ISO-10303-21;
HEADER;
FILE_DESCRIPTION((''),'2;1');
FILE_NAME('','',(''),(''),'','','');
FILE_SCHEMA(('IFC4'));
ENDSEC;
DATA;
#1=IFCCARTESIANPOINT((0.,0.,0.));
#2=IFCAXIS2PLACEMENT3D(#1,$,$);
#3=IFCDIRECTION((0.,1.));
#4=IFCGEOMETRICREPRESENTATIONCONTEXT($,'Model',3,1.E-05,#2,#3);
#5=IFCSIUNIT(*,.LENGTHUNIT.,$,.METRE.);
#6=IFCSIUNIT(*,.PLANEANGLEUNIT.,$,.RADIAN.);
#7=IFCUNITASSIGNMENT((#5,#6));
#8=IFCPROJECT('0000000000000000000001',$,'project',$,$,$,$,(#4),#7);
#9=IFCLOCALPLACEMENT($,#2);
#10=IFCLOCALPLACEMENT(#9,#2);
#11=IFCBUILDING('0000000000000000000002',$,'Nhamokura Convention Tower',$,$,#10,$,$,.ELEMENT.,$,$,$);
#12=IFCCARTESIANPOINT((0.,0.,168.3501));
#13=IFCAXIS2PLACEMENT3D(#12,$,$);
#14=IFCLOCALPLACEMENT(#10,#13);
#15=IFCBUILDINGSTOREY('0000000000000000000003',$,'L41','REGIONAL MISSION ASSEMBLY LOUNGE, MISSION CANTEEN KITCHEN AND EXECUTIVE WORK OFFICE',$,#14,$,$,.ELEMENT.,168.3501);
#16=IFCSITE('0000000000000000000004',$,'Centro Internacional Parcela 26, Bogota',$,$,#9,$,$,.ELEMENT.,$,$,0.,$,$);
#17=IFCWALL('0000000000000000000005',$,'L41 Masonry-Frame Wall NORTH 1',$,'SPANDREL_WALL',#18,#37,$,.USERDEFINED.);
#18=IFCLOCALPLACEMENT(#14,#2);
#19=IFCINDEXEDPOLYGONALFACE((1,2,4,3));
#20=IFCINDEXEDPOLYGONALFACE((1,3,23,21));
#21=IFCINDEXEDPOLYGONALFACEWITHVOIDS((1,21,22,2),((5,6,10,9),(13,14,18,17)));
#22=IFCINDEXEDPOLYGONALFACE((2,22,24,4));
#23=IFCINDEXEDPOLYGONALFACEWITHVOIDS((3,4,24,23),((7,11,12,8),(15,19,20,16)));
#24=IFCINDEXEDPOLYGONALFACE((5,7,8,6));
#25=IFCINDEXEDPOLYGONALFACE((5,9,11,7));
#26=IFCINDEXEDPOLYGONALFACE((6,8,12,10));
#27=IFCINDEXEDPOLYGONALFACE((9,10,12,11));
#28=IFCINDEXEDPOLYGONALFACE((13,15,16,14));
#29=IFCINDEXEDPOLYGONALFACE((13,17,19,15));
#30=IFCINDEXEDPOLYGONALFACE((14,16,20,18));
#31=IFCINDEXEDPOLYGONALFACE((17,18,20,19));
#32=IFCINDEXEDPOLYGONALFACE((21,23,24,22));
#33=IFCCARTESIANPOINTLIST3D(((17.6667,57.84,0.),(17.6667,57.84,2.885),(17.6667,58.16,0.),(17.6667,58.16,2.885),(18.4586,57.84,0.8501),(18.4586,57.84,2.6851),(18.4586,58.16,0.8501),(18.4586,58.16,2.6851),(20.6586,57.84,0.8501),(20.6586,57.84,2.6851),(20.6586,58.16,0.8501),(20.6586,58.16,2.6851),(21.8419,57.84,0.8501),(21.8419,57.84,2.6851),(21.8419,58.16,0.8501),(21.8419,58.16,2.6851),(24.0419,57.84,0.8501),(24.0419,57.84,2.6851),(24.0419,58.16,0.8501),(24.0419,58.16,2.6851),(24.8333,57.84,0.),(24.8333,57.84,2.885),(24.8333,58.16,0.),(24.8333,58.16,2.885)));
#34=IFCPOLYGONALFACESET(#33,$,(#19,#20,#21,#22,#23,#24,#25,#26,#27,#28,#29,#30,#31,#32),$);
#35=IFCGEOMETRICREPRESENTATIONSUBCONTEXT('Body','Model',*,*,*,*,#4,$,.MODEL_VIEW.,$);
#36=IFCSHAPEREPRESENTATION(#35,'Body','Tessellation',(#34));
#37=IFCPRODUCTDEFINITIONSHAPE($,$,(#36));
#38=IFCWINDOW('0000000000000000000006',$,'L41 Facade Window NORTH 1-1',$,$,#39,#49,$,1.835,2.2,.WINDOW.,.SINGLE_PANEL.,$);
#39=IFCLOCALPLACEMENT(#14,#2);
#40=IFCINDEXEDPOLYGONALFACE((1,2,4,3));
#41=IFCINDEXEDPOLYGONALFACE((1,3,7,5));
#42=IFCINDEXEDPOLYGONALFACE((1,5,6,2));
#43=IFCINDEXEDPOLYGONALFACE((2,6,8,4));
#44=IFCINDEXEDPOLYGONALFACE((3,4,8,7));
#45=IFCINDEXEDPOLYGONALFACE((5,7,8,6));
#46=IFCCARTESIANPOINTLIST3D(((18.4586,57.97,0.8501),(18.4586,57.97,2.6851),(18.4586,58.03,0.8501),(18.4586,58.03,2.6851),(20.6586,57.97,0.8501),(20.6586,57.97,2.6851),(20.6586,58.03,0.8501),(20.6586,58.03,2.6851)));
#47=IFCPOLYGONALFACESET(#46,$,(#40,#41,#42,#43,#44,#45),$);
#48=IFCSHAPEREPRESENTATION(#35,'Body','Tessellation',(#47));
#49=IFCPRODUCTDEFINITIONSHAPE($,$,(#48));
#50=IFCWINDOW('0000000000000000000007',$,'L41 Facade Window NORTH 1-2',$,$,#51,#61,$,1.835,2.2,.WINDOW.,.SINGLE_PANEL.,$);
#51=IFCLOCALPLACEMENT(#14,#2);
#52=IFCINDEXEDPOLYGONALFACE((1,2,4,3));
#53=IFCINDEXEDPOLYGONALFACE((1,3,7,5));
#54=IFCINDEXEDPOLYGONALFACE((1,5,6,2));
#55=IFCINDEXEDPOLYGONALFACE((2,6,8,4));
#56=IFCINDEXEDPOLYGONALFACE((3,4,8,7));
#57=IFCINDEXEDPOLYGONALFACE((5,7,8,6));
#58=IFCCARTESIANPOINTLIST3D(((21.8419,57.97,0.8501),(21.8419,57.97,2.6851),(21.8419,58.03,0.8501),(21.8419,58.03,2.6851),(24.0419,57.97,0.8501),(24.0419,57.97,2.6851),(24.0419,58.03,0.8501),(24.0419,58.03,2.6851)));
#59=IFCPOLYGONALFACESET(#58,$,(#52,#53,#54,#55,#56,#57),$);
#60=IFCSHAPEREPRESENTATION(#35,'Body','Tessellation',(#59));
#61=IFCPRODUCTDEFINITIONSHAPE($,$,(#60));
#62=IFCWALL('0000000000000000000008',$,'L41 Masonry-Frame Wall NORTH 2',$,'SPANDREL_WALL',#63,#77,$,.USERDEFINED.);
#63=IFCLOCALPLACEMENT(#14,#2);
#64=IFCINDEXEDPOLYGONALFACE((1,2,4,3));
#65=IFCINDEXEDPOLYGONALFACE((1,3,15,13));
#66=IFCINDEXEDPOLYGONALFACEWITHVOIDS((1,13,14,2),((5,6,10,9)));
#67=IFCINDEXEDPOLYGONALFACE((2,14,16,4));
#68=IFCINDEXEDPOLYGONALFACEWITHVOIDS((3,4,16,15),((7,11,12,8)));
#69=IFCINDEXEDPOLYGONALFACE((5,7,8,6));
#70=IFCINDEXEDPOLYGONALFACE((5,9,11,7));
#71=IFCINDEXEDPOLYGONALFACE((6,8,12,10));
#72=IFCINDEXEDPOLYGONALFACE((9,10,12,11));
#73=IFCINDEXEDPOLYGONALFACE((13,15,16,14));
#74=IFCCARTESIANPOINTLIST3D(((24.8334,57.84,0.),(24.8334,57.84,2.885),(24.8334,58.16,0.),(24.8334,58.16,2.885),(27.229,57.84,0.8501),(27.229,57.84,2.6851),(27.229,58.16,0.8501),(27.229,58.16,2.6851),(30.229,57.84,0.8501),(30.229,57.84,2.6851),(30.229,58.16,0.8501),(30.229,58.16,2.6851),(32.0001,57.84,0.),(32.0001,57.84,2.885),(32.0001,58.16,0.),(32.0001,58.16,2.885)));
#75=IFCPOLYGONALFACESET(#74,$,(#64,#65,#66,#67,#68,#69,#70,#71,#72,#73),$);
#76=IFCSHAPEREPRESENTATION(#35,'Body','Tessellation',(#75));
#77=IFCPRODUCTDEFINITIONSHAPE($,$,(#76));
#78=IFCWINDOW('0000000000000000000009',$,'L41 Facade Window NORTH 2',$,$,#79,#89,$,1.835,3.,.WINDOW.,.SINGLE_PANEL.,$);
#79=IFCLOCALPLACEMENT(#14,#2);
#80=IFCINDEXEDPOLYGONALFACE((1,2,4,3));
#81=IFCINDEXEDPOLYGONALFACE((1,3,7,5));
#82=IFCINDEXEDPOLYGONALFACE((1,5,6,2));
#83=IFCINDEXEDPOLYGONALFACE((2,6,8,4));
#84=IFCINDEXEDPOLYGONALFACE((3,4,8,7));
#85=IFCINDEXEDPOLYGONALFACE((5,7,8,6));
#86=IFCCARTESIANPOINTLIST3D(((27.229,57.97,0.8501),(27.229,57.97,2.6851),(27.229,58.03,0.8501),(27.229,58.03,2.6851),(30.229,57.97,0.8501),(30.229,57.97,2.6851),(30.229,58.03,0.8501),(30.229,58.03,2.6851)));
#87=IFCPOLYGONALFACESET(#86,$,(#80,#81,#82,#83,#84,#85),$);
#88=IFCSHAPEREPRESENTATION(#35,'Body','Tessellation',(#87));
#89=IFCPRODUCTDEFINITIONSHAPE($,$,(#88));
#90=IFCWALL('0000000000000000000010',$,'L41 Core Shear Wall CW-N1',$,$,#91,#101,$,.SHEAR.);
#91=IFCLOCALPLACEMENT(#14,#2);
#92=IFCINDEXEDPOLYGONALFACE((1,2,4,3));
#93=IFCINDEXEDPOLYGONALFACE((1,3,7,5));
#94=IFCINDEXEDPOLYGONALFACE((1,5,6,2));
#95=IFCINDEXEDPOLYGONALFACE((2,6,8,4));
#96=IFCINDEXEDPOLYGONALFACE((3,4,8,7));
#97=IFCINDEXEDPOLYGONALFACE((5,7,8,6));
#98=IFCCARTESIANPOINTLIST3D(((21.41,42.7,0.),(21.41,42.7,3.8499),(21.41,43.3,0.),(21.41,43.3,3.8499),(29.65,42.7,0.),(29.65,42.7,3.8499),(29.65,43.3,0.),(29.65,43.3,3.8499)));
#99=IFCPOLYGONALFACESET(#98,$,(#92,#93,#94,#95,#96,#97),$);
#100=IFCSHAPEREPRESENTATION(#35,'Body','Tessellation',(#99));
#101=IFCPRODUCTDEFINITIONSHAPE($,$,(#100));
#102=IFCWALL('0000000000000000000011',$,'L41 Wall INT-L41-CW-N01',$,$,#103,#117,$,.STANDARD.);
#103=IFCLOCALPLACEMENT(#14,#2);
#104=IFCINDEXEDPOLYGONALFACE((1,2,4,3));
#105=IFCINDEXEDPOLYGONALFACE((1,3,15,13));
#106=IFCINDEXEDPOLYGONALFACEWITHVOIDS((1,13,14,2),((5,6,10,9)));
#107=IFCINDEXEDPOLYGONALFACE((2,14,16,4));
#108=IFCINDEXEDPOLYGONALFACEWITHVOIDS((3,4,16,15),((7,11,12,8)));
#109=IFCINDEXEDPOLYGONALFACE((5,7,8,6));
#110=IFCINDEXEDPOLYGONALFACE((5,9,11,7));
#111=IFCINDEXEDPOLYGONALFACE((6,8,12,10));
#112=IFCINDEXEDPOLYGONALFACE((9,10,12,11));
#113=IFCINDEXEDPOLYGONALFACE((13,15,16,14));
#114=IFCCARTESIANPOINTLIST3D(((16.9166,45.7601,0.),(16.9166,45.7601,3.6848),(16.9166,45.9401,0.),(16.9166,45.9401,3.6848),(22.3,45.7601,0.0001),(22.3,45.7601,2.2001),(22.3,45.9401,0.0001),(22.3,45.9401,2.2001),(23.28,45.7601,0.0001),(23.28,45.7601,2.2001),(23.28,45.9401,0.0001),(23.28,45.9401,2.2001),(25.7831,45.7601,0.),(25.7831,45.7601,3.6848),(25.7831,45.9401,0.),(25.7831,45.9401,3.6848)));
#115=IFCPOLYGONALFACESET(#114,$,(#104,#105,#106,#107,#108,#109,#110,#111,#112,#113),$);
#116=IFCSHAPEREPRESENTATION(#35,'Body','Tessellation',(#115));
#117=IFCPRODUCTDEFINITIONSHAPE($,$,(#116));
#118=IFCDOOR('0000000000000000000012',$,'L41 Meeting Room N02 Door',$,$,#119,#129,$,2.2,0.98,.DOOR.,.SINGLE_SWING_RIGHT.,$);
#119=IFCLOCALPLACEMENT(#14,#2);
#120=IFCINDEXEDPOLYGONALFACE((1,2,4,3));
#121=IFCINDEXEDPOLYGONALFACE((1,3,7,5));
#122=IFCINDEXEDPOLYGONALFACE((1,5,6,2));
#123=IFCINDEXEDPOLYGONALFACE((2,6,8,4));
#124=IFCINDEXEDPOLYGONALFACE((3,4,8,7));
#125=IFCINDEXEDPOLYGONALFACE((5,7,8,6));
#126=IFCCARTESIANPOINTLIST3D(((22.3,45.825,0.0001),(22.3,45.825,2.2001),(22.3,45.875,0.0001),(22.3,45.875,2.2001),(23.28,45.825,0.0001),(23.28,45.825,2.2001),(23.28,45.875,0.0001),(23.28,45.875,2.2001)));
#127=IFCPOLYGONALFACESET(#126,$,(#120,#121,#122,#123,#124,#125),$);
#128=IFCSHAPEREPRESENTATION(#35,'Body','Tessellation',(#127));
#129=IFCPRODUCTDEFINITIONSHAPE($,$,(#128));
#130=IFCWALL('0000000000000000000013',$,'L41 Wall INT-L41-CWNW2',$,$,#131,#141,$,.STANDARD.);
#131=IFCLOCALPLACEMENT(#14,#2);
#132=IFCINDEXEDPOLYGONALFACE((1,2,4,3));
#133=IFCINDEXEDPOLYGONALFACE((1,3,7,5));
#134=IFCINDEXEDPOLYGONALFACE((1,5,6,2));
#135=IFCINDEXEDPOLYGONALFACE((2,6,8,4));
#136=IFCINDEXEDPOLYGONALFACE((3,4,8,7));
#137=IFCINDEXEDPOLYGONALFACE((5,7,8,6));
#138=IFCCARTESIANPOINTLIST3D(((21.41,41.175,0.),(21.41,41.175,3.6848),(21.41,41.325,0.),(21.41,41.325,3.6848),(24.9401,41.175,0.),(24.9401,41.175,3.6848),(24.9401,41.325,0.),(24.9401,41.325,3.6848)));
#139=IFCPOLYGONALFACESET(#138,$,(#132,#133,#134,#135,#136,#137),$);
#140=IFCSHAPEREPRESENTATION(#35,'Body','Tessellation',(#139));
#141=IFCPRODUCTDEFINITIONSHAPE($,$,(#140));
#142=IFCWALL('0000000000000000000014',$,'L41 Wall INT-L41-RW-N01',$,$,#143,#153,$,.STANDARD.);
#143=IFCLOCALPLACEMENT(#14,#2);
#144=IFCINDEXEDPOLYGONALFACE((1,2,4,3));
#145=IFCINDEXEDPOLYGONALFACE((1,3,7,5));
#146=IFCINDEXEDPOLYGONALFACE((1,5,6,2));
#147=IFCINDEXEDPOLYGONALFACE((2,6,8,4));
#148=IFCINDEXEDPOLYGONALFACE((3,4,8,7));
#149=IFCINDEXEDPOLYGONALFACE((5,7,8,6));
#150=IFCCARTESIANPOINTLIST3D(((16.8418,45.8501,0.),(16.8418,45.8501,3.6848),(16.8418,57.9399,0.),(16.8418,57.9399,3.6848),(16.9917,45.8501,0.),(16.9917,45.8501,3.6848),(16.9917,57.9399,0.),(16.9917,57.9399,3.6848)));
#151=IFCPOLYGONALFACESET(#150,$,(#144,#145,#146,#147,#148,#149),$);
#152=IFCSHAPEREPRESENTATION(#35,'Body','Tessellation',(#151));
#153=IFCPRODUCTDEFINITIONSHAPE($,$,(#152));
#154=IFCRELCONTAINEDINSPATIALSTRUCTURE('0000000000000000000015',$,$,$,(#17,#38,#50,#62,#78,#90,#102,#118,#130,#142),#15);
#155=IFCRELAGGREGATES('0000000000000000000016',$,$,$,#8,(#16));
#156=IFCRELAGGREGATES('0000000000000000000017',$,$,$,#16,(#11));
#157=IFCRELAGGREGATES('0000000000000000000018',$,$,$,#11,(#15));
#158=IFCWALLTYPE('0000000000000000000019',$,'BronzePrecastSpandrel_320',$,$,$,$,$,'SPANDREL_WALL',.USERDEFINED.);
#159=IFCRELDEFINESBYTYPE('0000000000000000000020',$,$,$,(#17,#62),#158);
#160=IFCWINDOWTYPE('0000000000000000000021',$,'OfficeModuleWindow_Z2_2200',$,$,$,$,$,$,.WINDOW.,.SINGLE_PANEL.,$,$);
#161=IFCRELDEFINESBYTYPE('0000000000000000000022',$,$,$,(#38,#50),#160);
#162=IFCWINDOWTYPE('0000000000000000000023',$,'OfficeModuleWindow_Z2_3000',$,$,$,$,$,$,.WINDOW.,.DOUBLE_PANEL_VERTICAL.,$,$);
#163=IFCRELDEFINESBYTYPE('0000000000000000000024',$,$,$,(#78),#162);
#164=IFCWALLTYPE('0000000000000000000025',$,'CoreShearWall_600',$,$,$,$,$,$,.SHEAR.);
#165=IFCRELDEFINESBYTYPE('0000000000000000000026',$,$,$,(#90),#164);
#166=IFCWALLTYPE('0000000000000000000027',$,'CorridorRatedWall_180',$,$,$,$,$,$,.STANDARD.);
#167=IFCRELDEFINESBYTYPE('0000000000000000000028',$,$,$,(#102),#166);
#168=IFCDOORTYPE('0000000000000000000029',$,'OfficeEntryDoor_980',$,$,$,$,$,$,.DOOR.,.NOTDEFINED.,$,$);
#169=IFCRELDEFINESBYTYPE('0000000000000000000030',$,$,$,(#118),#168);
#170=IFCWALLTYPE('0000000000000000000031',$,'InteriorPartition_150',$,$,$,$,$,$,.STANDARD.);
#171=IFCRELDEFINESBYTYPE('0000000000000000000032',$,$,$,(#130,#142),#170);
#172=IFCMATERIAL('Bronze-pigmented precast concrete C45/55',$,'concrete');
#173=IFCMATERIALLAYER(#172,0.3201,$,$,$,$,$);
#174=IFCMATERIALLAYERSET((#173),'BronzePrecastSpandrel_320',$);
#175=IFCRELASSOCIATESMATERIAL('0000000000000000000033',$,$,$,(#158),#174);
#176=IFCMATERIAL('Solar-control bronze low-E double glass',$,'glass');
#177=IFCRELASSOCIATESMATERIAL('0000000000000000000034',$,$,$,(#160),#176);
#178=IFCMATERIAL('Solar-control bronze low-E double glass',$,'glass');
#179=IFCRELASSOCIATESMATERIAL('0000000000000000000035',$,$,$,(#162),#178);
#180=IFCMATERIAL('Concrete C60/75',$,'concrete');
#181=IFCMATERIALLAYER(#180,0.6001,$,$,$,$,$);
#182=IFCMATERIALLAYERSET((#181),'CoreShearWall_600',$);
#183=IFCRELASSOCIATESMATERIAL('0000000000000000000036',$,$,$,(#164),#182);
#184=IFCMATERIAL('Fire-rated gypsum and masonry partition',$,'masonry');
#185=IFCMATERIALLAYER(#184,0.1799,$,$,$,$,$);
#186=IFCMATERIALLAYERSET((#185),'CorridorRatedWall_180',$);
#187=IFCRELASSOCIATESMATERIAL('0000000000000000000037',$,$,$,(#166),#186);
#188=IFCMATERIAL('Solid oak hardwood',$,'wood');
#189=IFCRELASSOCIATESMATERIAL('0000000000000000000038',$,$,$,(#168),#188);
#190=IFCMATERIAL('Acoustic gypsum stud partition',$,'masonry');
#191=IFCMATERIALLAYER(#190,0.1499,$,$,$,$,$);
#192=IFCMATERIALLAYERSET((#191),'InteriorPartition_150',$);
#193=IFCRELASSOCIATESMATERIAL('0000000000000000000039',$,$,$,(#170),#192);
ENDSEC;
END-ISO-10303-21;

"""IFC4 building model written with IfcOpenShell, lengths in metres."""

from ifc_helpers import new_model, si_unit, direction, frame, frame_2d, origin, place, context, subcontext, project, spatial, rectangle, extrude, material, layer, layer_set, type_object, element, fill, save


model = new_model("IFC4")

# Units and contexts
model_context = context("Model", 3, precision=1e-05, world=origin(), true_north=direction((0.0, 1.0)))
body_context = subcontext(model_context, "Body", "Model", "MODEL_VIEW")
ifc_project = project(units=[si_unit("LENGTHUNIT", "METRE"), si_unit("PLANEANGLEUNIT", "RADIAN")], contexts=[model_context])

# Site, building, storey
site_placement = place(None, origin())
site = spatial("IfcSite", under=ifc_project, at=site_placement, Name="Centro Internacional Parcela 26, Bogota", CompositionType="ELEMENT", RefElevation=0.0)
building_placement = place(site_placement, origin())
building = spatial("IfcBuilding", under=site, at=building_placement, Name="Nhamokura Convention Tower", CompositionType="ELEMENT")
storey_placement = place(building_placement, frame((0.0, 0.0, 168.3501)))
storey = spatial("IfcBuildingStorey", under=building, at=storey_placement, Name="L41", Description="REGIONAL MISSION ASSEMBLY LOUNGE, MISSION CANTEEN KITCHEN AND EXECUTIVE WORK OFFICE", CompositionType="ELEMENT", Elevation=168.3501)

# Shared definitions
ifc_material_1 = material(Name="Bronze-pigmented precast concrete C45/55", Category="concrete")
ifc_layer_1 = layer(ifc_material_1, 0.3201)
ifc_layer_set_1 = layer_set([ifc_layer_1], Name="BronzePrecastSpandrel_320")
wall_type_1 = type_object("IfcWallType", Name="BronzePrecastSpandrel_320", ElementType="SPANDREL_WALL", PredefinedType="USERDEFINED", material=ifc_layer_set_1)

# Wall, openings, windows
wall_1_placement = place(storey_placement, frame((17.6667, 58.0, 0.0), z_axis=(0.0, 0.0, 1.0), x_axis=(1.0, 0.0, 0.0)))
wall_1 = element("IfcWall", 1, at=wall_1_placement, inside=storey, type_object=wall_type_1, Name="L41 Masonry-Frame Wall NORTH 1", ObjectType="SPANDREL_WALL", PredefinedType="USERDEFINED", context=body_context, shape_type="SweptSolid", body=[
    extrude(rectangle(XDim=7.1665, YDim=0.3201, at=frame_2d((3.5833, 0.0))), origin(), (0.0, 0.0, 1.0), 2.885),
])
opening_1_placement = place(wall_1_placement, frame((0.7917, 0.0, 0.8501)))
opening_1 = element("IfcOpeningElement", 2, at=opening_1_placement, cuts=wall_1, PredefinedType="OPENING", context=body_context, shape_type="SweptSolid", body=[
    extrude(rectangle(XDim=2.2, YDim=1.835, at=frame_2d((1.1001, 0.9175))), frame((0.0, 0.1699, 0.0), z_axis=(0.0, -1.0, 0.0), x_axis=(1.0, 0.0, 0.0)), (0.0, 0.0, 1.0), 0.3401),
])
opening_2_placement = place(wall_1_placement, frame((4.175, 0.0, 0.8501)))
opening_2 = element("IfcOpeningElement", 3, at=opening_2_placement, cuts=wall_1, PredefinedType="OPENING", context=body_context, shape_type="SweptSolid", body=[
    extrude(rectangle(XDim=2.2, YDim=1.835, at=frame_2d((1.1001, 0.9175))), frame((0.0, 0.1699, 0.0), z_axis=(0.0, -1.0, 0.0), x_axis=(1.0, 0.0, 0.0)), (0.0, 0.0, 1.0), 0.3401),
])
ifc_material_2 = material(Name="Solar-control bronze low-E double glass", Category="glass")
window_type_1 = type_object("IfcWindowType", Name="OfficeModuleWindow_Z2_2200", PartitioningType="SINGLE_PANEL", PredefinedType="WINDOW", material=ifc_material_2)
window_1_placement = place(opening_1_placement, origin())
window_1 = element("IfcWindow", 4, at=window_1_placement, inside=storey, type_object=window_type_1, Name="L41 Facade Window NORTH 1-1", OverallHeight=1.835, OverallWidth=2.2, PartitioningType="SINGLE_PANEL", PredefinedType="WINDOW", context=body_context, shape_type="SweptSolid", body=[
    extrude(rectangle(XDim=2.2, YDim=1.835, at=frame_2d((1.1001, 0.9175))), frame((0.0, 0.03, 0.0), z_axis=(0.0, -1.0, 0.0), x_axis=(1.0, 0.0, 0.0)), (0.0, 0.0, 1.0), 0.0601),
])
fill(opening_1, window_1)
window_2_placement = place(opening_2_placement, origin())
window_2 = element("IfcWindow", 5, at=window_2_placement, inside=storey, type_object=window_type_1, Name="L41 Facade Window NORTH 1-2", OverallHeight=1.835, OverallWidth=2.2, PartitioningType="SINGLE_PANEL", PredefinedType="WINDOW", context=body_context, shape_type="SweptSolid", body=[
    extrude(rectangle(XDim=2.2, YDim=1.835, at=frame_2d((1.1001, 0.9175))), frame((0.0, 0.03, 0.0), z_axis=(0.0, -1.0, 0.0), x_axis=(1.0, 0.0, 0.0)), (0.0, 0.0, 1.0), 0.0601),
])
fill(opening_2, window_2)

# Wall, opening, window
wall_2_placement = place(storey_placement, frame((24.8333, 58.0, 0.0), z_axis=(0.0, 0.0, 1.0), x_axis=(1.0, 0.0, 0.0)))
wall_2 = element("IfcWall", 6, at=wall_2_placement, inside=storey, type_object=wall_type_1, Name="L41 Masonry-Frame Wall NORTH 2", ObjectType="SPANDREL_WALL", PredefinedType="USERDEFINED", context=body_context, shape_type="SweptSolid", body=[
    extrude(rectangle(XDim=7.1667, YDim=0.3201, at=frame_2d((3.5835, 0.0))), origin(), (0.0, 0.0, 1.0), 2.885),
])
opening_3_placement = place(wall_2_placement, frame((2.3958, 0.0, 0.8501)))
opening_3 = element("IfcOpeningElement", 7, at=opening_3_placement, cuts=wall_2, PredefinedType="OPENING", context=body_context, shape_type="SweptSolid", body=[
    extrude(rectangle(XDim=3.0, YDim=1.835, at=frame_2d((1.5, 0.9175))), frame((0.0, 0.1699, 0.0), z_axis=(0.0, -1.0, 0.0), x_axis=(1.0, 0.0, 0.0)), (0.0, 0.0, 1.0), 0.3401),
])
ifc_material_3 = material(Name="Solar-control bronze low-E double glass", Category="glass")
window_type_2 = type_object("IfcWindowType", Name="OfficeModuleWindow_Z2_3000", PartitioningType="DOUBLE_PANEL_VERTICAL", PredefinedType="WINDOW", material=ifc_material_3)
window_3_placement = place(opening_3_placement, origin())
window_3 = element("IfcWindow", 8, at=window_3_placement, inside=storey, type_object=window_type_2, Name="L41 Facade Window NORTH 2", OverallHeight=1.835, OverallWidth=3.0, PartitioningType="SINGLE_PANEL", PredefinedType="WINDOW", context=body_context, shape_type="SweptSolid", body=[
    extrude(rectangle(XDim=3.0, YDim=1.835, at=frame_2d((1.5, 0.9175))), frame((0.0, 0.03, 0.0), z_axis=(0.0, -1.0, 0.0), x_axis=(1.0, 0.0, 0.0)), (0.0, 0.0, 1.0), 0.0601),
])
fill(opening_3, window_3)

# Wall
ifc_material_4 = material(Name="Concrete C60/75", Category="concrete")
ifc_layer_2 = layer(ifc_material_4, 0.6001)
ifc_layer_set_2 = layer_set([ifc_layer_2], Name="CoreShearWall_600")
wall_type_2 = type_object("IfcWallType", Name="CoreShearWall_600", PredefinedType="SHEAR", material=ifc_layer_set_2)
wall_3_placement = place(storey_placement, frame((21.4099, 43.0, 0.0), z_axis=(0.0, 0.0, 1.0), x_axis=(1.0, 0.0, 0.0)))
element("IfcWall", 9, at=wall_3_placement, inside=storey, type_object=wall_type_2, Name="L41 Core Shear Wall CW-N1", PredefinedType="SHEAR", context=body_context, shape_type="SweptSolid", body=[
    extrude(rectangle(XDim=8.24, YDim=0.6001, at=frame_2d((4.1201, 0.0))), origin(), (0.0, 0.0, 1.0), 3.8499),
])

# Wall, opening, door
ifc_material_5 = material(Name="Fire-rated gypsum and masonry partition", Category="masonry")
ifc_layer_3 = layer(ifc_material_5, 0.1799)
ifc_layer_set_3 = layer_set([ifc_layer_3], Name="CorridorRatedWall_180")
wall_type_3 = type_object("IfcWallType", Name="CorridorRatedWall_180", PredefinedType="STANDARD", material=ifc_layer_set_3)
wall_4_placement = place(storey_placement, frame((16.9167, 45.8501, 0.0), z_axis=(0.0, 0.0, 1.0), x_axis=(1.0, 0.0, 0.0)))
wall_4 = element("IfcWall", 10, at=wall_4_placement, inside=storey, type_object=wall_type_3, Name="L41 Wall INT-L41-CW-N01", PredefinedType="STANDARD", context=body_context, shape_type="SweptSolid", body=[
    extrude(rectangle(XDim=8.8665, YDim=0.1799, at=frame_2d((4.4331, 0.0))), origin(), (0.0, 0.0, 1.0), 3.6848),
])
opening_4_placement = place(wall_4_placement, frame((5.3833, 0.0, 0.0)))
opening_4 = element("IfcOpeningElement", 11, at=opening_4_placement, cuts=wall_4, PredefinedType="OPENING", context=body_context, shape_type="SweptSolid", body=[
    extrude(rectangle(XDim=0.98, YDim=2.2, at=frame_2d((0.49, 1.1001))), frame((0.0, 0.0999, 0.0), z_axis=(0.0, -1.0, 0.0), x_axis=(1.0, 0.0, 0.0)), (0.0, 0.0, 1.0), 0.2),
])
ifc_material_6 = material(Name="Solid oak hardwood", Category="wood")
door_type = type_object("IfcDoorType", Name="OfficeEntryDoor_980", OperationType="NOTDEFINED", PredefinedType="DOOR", material=ifc_material_6)
door_placement = place(opening_4_placement, origin())
door = element("IfcDoor", 12, at=door_placement, inside=storey, type_object=door_type, Name="L41 Meeting Room N02 Door", OperationType="SINGLE_SWING_RIGHT", OverallHeight=2.2, OverallWidth=0.98, PredefinedType="DOOR", context=body_context, shape_type="SweptSolid", body=[
    extrude(rectangle(XDim=0.98, YDim=2.2, at=frame_2d((0.49, 1.1001))), frame((0.0, 0.0249, 0.0), z_axis=(0.0, -1.0, 0.0), x_axis=(1.0, 0.0, 0.0)), (0.0, 0.0, 1.0), 0.05),
])
fill(opening_4, door)

# Walls
ifc_material_7 = material(Name="Acoustic gypsum stud partition", Category="masonry")
ifc_layer_4 = layer(ifc_material_7, 0.1499)
ifc_layer_set_4 = layer_set([ifc_layer_4], Name="InteriorPartition_150")
wall_type_4 = type_object("IfcWallType", Name="InteriorPartition_150", PredefinedType="STANDARD", material=ifc_layer_set_4)
wall_5_placement = place(storey_placement, frame((21.4099, 41.25, 0.0), z_axis=(0.0, 0.0, 1.0), x_axis=(1.0, 0.0, 0.0)))
element("IfcWall", 13, at=wall_5_placement, inside=storey, type_object=wall_type_4, Name="L41 Wall INT-L41-CWNW2", PredefinedType="STANDARD", context=body_context, shape_type="SweptSolid", body=[
    extrude(rectangle(XDim=3.53, YDim=0.1499, at=frame_2d((1.7651, 0.0))), origin(), (0.0, 0.0, 1.0), 3.6848),
])
wall_6_placement = place(storey_placement, frame((16.9167, 45.8501, 0.0), z_axis=(0.0, 0.0, 1.0), x_axis=(0.0, 1.0, 0.0)))
element("IfcWall", 14, at=wall_6_placement, inside=storey, type_object=wall_type_4, Name="L41 Wall INT-L41-RW-N01", PredefinedType="STANDARD", context=body_context, shape_type="SweptSolid", body=[
    extrude(rectangle(XDim=12.0898, YDim=0.1499, at=frame_2d((6.0449, 0.0))), origin(), (0.0, 0.0, 1.0), 3.6848),
])

save(model, "model.ifc")
